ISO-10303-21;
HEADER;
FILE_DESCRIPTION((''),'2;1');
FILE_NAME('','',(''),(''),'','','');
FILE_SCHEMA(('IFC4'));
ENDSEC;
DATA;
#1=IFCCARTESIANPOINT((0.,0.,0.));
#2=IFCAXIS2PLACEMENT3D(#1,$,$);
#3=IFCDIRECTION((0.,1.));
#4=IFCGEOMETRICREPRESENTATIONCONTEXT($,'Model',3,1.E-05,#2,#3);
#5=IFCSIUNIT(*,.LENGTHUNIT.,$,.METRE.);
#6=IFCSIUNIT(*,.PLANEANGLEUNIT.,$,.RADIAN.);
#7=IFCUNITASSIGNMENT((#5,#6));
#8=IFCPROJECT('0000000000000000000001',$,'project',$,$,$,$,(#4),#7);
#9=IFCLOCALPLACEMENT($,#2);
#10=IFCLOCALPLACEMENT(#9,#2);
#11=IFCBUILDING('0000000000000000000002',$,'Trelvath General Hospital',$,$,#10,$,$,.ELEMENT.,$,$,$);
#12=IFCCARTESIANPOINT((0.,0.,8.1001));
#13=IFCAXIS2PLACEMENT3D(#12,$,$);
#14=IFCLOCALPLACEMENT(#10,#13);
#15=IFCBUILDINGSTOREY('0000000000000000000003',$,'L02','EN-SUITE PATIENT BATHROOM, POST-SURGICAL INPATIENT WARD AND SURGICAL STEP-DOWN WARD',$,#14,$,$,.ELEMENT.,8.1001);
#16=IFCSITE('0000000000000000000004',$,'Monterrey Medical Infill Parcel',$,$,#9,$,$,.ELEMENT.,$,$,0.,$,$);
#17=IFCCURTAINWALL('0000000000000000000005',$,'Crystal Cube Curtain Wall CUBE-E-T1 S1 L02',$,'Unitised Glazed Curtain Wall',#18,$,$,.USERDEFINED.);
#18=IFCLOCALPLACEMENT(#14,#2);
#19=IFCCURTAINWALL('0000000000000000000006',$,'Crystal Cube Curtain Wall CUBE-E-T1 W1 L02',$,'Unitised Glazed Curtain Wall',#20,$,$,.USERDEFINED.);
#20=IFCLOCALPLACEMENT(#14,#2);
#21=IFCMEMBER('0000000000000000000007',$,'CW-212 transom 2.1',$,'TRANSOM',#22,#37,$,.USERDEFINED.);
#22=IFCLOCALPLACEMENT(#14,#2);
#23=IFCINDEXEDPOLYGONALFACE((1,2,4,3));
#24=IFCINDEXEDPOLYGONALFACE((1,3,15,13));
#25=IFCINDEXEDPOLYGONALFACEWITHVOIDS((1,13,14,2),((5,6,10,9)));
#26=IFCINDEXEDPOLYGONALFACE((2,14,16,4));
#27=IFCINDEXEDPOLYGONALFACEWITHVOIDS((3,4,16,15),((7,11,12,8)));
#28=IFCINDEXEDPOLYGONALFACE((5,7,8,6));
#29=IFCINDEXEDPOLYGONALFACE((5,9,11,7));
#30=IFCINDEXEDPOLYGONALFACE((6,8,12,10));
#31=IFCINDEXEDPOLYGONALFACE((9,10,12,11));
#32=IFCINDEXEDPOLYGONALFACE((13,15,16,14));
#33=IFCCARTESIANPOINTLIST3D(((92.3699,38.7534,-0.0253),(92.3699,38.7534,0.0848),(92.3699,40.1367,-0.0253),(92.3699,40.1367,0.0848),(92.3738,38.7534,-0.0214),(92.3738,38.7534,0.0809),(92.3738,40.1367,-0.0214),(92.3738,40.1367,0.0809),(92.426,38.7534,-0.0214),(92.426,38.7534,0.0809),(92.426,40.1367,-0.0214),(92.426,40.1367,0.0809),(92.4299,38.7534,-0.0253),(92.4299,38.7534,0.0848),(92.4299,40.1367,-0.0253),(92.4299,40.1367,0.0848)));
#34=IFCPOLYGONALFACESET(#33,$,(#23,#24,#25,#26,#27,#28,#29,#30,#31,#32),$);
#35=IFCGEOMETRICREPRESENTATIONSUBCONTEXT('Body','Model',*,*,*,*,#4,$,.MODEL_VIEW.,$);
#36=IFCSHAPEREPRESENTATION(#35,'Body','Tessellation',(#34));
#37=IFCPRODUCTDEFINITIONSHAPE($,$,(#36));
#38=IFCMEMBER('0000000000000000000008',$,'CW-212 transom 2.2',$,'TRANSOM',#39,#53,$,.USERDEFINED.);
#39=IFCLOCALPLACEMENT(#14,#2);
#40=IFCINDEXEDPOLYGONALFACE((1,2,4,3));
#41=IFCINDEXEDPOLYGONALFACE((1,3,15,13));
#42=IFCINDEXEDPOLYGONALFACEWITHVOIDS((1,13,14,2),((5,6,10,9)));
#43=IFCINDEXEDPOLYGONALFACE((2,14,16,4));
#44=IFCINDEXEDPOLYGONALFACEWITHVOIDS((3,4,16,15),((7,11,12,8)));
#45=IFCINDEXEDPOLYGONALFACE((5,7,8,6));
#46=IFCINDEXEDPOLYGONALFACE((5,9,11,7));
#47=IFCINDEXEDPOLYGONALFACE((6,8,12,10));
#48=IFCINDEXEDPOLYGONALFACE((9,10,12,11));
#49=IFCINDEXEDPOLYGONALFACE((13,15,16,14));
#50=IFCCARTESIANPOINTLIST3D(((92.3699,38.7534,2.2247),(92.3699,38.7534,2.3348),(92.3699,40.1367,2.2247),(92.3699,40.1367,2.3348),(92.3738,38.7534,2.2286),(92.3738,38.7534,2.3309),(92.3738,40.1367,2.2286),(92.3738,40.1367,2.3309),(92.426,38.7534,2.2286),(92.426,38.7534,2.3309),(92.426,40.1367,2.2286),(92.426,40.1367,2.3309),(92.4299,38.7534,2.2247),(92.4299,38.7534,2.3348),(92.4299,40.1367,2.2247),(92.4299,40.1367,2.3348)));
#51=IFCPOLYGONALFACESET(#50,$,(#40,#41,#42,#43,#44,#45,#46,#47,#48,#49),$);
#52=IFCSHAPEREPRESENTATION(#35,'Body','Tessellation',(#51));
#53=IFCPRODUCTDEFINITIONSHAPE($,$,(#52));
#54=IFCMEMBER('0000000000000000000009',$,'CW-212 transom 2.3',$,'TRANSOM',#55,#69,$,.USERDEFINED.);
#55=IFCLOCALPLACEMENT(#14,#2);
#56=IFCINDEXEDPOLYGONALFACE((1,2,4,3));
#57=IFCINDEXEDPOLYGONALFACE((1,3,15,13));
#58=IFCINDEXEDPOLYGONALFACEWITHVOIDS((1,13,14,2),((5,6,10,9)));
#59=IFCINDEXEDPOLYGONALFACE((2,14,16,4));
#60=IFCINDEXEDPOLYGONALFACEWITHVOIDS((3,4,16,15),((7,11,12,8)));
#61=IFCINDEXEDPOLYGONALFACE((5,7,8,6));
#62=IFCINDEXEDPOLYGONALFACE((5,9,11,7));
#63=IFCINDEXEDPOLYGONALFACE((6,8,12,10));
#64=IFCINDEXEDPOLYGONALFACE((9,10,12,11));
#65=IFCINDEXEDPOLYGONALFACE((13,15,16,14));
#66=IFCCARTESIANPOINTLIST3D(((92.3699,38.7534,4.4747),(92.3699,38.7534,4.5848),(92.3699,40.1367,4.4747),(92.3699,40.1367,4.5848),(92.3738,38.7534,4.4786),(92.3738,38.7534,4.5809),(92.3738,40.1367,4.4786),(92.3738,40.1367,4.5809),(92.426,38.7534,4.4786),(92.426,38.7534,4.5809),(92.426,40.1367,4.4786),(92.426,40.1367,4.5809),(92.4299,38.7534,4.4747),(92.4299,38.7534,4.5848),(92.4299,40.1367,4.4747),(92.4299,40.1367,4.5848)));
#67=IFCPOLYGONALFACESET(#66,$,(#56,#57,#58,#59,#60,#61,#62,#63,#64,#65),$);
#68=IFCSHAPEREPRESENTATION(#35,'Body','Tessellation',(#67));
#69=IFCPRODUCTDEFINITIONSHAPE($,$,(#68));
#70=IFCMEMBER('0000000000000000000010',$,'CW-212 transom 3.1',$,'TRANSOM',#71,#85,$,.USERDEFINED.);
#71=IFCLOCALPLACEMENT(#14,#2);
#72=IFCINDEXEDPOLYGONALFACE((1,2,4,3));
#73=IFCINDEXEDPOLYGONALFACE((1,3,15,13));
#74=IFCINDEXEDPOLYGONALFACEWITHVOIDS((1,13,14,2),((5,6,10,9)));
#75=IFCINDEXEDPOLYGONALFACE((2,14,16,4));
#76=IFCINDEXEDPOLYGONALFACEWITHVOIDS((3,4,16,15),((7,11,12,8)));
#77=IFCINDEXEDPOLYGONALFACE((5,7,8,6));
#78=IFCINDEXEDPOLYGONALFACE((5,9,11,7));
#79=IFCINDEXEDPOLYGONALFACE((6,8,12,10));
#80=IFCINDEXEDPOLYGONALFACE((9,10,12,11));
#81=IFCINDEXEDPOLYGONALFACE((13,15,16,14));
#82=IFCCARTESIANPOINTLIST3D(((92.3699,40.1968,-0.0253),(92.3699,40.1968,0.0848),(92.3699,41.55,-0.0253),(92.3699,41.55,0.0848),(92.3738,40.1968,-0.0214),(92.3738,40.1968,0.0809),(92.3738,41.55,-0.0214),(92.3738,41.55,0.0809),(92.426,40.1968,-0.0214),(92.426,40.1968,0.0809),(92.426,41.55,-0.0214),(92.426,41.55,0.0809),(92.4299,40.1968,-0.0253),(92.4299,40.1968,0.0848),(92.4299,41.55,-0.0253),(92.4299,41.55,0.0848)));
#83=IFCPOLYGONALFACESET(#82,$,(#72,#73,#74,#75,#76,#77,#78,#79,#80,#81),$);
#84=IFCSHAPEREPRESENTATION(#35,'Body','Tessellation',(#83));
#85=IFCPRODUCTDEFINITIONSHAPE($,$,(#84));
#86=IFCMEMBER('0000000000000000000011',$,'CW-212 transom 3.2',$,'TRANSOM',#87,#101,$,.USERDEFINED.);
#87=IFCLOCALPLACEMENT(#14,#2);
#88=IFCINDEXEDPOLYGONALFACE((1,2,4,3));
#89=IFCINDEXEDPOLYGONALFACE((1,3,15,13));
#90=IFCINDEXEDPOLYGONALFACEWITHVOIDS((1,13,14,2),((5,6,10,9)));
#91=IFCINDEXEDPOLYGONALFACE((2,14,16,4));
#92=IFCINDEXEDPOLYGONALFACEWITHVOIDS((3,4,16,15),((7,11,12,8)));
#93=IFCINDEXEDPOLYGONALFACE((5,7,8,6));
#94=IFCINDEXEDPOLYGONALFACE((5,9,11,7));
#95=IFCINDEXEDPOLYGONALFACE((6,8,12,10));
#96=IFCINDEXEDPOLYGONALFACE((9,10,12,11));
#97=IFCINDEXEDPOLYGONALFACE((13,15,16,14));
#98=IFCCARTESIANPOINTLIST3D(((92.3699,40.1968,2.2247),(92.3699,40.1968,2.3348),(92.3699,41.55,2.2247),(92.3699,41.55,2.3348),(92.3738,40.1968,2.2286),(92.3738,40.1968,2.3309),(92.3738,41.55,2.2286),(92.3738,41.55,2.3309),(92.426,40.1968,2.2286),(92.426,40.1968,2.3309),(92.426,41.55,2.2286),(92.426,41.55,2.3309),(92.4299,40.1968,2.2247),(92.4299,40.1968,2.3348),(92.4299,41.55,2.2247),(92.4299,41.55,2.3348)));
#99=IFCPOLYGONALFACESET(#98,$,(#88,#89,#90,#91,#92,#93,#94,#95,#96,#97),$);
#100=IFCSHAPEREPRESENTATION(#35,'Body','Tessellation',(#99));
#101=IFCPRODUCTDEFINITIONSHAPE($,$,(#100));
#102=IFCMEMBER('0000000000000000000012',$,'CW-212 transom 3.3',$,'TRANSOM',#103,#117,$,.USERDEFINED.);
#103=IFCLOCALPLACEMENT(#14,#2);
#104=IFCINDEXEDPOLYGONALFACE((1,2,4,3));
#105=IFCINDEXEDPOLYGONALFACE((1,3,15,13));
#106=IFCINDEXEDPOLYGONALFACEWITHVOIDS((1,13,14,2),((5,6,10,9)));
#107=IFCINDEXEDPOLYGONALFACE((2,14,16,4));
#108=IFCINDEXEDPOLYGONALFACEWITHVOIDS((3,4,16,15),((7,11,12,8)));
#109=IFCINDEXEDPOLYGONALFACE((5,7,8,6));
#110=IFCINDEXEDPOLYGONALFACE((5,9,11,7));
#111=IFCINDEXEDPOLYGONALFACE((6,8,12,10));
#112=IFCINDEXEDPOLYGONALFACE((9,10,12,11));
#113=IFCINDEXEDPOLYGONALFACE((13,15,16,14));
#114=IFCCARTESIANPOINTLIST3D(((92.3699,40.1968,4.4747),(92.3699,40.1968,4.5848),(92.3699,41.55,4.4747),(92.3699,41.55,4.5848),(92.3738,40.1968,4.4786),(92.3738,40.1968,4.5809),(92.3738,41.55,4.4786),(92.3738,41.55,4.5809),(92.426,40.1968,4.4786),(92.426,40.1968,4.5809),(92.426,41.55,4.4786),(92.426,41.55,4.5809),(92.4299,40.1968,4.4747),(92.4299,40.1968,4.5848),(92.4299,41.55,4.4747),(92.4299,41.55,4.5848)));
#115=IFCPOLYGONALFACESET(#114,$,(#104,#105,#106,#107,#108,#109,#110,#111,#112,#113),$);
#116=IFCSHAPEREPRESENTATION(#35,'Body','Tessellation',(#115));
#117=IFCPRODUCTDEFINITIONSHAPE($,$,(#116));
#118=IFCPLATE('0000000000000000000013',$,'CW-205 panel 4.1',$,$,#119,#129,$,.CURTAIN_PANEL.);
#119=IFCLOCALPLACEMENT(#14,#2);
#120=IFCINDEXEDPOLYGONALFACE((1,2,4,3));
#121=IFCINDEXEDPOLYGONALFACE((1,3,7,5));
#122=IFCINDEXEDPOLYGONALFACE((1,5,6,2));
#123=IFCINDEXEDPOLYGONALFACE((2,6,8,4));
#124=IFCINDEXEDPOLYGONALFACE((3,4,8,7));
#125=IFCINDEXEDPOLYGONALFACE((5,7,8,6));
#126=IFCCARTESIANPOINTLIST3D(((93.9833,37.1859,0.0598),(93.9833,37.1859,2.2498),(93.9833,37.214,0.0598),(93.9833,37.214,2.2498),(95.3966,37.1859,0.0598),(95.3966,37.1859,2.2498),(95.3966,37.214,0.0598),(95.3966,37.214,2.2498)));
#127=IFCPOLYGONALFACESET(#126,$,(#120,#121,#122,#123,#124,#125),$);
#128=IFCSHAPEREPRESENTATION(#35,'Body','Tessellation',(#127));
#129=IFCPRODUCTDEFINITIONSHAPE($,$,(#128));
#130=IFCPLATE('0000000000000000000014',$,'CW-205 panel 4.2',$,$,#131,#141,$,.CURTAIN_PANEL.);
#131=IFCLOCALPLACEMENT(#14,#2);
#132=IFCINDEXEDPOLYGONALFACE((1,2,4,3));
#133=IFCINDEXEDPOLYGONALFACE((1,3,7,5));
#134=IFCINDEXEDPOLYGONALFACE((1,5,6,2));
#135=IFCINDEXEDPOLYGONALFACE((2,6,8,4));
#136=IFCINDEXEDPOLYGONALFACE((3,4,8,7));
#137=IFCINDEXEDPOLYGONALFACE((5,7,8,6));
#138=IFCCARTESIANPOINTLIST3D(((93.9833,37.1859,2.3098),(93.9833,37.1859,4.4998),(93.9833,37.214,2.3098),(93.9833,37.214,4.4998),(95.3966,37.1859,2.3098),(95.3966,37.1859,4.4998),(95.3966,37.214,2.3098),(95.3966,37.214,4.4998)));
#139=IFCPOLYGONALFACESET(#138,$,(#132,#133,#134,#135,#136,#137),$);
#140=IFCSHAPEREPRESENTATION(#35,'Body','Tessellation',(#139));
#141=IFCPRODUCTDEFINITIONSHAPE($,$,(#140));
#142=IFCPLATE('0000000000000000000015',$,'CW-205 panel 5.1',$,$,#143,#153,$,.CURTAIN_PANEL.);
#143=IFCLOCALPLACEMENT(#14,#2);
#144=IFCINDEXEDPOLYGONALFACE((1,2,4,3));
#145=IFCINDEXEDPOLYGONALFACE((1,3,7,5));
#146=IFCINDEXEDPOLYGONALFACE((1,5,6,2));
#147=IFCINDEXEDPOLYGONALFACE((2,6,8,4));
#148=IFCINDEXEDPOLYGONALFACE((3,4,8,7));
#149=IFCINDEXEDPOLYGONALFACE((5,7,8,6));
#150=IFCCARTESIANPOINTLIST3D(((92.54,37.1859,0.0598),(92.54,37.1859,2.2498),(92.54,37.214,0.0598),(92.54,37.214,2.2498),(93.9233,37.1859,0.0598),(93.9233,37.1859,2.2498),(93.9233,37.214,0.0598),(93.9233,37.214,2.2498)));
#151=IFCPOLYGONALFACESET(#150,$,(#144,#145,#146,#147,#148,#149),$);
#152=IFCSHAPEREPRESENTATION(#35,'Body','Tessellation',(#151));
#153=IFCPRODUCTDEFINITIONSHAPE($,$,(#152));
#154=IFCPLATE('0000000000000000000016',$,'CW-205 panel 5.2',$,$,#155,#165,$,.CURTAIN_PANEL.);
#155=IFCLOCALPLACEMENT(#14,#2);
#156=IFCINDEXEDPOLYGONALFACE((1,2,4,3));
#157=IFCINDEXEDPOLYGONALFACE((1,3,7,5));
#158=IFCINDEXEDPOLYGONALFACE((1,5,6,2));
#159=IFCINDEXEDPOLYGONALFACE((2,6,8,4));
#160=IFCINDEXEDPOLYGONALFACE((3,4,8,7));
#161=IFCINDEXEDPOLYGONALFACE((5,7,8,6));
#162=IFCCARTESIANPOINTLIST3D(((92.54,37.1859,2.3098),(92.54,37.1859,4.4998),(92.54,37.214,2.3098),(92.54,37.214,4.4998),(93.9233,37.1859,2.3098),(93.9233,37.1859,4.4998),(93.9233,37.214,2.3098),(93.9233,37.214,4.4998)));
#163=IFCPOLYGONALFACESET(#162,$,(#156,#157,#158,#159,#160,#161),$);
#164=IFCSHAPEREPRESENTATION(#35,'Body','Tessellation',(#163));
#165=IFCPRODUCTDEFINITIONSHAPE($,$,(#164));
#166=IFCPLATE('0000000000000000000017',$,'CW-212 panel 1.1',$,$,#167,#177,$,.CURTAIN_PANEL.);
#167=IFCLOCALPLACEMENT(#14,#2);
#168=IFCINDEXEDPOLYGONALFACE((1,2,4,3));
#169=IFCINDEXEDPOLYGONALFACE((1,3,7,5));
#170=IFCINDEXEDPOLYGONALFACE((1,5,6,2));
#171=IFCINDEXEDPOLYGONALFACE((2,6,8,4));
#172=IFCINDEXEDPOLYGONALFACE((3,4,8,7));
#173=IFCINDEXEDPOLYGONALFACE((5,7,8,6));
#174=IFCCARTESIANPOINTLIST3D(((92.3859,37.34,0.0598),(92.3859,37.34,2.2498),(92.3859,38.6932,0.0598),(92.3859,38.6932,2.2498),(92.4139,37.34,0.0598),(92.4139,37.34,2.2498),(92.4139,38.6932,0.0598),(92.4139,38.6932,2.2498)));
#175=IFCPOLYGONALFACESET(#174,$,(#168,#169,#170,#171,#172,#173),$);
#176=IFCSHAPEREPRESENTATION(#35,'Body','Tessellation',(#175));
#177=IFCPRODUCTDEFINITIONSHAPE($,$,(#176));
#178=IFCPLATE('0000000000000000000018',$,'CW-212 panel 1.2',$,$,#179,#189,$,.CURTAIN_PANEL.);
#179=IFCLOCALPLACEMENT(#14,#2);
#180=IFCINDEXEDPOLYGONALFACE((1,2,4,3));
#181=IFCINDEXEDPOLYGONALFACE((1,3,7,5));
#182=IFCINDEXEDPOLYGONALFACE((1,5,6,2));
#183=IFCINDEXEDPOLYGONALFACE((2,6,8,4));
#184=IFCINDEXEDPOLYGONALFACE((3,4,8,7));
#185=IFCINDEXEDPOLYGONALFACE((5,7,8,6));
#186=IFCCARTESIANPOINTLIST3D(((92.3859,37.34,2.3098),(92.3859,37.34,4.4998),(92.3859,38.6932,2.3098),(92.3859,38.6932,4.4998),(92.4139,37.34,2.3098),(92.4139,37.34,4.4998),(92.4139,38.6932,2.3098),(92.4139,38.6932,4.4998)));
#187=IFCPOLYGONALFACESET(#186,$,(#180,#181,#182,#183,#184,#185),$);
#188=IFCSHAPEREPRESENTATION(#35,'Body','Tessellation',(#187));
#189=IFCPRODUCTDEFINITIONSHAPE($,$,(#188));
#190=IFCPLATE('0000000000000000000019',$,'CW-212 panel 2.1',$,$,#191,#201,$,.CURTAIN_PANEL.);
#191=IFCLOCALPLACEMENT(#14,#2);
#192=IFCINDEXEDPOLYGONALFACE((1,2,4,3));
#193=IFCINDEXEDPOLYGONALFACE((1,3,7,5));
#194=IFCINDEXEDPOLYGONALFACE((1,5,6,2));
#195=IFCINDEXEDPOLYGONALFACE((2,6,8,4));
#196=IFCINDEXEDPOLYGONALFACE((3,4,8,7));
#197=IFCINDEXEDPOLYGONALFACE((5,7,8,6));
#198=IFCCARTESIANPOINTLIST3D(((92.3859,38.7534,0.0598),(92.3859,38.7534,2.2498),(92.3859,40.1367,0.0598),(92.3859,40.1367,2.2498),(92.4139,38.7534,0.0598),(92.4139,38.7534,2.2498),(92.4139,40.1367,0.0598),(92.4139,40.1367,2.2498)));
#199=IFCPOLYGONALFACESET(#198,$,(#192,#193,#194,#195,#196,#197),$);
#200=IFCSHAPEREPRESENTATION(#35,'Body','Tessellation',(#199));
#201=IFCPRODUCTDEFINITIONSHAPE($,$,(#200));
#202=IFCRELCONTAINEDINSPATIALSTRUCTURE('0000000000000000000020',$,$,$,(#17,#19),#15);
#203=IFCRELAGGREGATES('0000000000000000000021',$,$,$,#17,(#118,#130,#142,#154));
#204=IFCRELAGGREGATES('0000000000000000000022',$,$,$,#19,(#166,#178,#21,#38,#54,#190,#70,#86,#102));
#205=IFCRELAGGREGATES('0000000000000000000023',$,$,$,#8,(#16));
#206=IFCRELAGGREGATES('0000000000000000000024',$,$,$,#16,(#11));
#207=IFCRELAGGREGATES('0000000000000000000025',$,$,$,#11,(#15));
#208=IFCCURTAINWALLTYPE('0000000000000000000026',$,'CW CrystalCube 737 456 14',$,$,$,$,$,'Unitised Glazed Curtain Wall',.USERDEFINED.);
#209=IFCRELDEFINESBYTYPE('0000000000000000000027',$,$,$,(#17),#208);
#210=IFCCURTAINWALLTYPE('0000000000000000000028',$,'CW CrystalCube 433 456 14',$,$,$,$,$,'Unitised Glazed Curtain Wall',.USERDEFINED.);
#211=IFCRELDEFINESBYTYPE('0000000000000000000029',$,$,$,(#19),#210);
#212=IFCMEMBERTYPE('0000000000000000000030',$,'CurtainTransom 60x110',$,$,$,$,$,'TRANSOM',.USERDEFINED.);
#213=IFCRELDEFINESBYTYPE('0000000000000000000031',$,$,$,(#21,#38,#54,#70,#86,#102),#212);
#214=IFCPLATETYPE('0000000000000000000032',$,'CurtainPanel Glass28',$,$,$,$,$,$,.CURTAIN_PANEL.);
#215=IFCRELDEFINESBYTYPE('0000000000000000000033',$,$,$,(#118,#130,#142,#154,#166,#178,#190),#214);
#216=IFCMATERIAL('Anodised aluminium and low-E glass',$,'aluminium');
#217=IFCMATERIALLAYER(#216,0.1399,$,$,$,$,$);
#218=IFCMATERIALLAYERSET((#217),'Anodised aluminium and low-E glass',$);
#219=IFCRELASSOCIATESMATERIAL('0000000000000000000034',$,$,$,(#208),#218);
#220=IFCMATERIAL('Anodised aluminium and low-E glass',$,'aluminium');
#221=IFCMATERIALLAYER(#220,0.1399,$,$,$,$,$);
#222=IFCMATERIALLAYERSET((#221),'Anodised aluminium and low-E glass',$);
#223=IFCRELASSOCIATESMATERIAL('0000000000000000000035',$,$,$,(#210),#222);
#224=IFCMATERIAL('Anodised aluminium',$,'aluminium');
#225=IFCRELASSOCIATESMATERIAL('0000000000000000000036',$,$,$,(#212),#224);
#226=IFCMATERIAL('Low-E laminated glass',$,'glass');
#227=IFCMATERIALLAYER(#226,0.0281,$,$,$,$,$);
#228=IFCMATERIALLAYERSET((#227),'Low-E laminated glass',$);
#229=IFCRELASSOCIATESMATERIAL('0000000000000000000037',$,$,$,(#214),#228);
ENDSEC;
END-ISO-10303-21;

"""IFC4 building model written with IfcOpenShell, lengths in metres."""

from ifc_helpers import new_model, si_unit, direction, frame, origin, origin_2d, place, context, subcontext, project, spatial, rectangle, hollow_rectangle, extrude, material, layer, layer_set, material_profile, profile_set, type_object, element, aggregate, save


model = new_model("IFC4")

# Units and contexts
model_context = context("Model", 3, precision=1e-05, world=origin(), true_north=direction((0.0, 1.0)))
body_context = subcontext(model_context, "Body", "Model", "MODEL_VIEW")
ifc_project = project(units=[si_unit("LENGTHUNIT", "METRE"), si_unit("PLANEANGLEUNIT", "RADIAN")], contexts=[model_context])

# Site, building, storey
site_placement = place(None, origin())
site = spatial("IfcSite", under=ifc_project, at=site_placement, Name="Monterrey Medical Infill Parcel", CompositionType="ELEMENT", RefElevation=0.0)
building_placement = place(site_placement, origin())
building = spatial("IfcBuilding", under=site, at=building_placement, Name="Trelvath General Hospital", CompositionType="ELEMENT")
storey_placement = place(building_placement, frame((0.0, 0.0, 8.1001)))
storey = spatial("IfcBuildingStorey", under=building, at=storey_placement, Name="L02", Description="EN-SUITE PATIENT BATHROOM, POST-SURGICAL INPATIENT WARD AND SURGICAL STEP-DOWN WARD", CompositionType="ELEMENT", Elevation=8.1001)

# Curtain walls
ifc_material_1 = material(Name="Anodised aluminium and low-E glass", Category="aluminium")
ifc_layer_1 = layer(ifc_material_1, 0.1399)
ifc_layer_set_1 = layer_set([ifc_layer_1], Name="Anodised aluminium and low-E glass")
curtain_wall_type_1 = type_object("IfcCurtainWallType", Name="CW CrystalCube 737 456 14", ElementType="Unitised Glazed Curtain Wall", PredefinedType="USERDEFINED", material=ifc_layer_set_1)
curtain_wall_1_placement = place(storey_placement, origin())
curtain_wall_1 = element("IfcCurtainWall", 1, at=curtain_wall_1_placement, inside=storey, type_object=curtain_wall_type_1, Name="Crystal Cube Curtain Wall CUBE-E-T1 S1 L02", ObjectType="Unitised Glazed Curtain Wall", PredefinedType="USERDEFINED")
ifc_material_2 = material(Name="Anodised aluminium and low-E glass", Category="aluminium")
ifc_layer_2 = layer(ifc_material_2, 0.1399)
ifc_layer_set_2 = layer_set([ifc_layer_2], Name="Anodised aluminium and low-E glass")
curtain_wall_type_2 = type_object("IfcCurtainWallType", Name="CW CrystalCube 433 456 14", ElementType="Unitised Glazed Curtain Wall", PredefinedType="USERDEFINED", material=ifc_layer_set_2)
curtain_wall_2_placement = place(storey_placement, origin())
curtain_wall_2 = element("IfcCurtainWall", 2, at=curtain_wall_2_placement, inside=storey, type_object=curtain_wall_type_2, Name="Crystal Cube Curtain Wall CUBE-E-T1 W1 L02", ObjectType="Unitised Glazed Curtain Wall", PredefinedType="USERDEFINED")

# Members
ifc_material_3 = material(Name="Anodised aluminium", Category="aluminium")
ifc_material_profile_1 = material_profile(ifc_material_3, hollow_rectangle(XDim=0.0601, YDim=0.1101, WallThickness=0.0039, at=origin_2d()), Name="RHS60x110x4")
ifc_profile_set_1 = profile_set([ifc_material_profile_1], Name="Anodised aluminium")
member_type_1 = type_object("IfcMemberType", Name="CurtainTransom 60x110", ElementType="TRANSOM", PredefinedType="USERDEFINED", material=ifc_profile_set_1)
member_1_placement = place(storey_placement, frame((92.3999, 38.7534, 0.0298), z_axis=(0.0, 1.0, 0.0), x_axis=(-1.0, 0.0, 0.0)))
member_1 = element("IfcMember", 3, at=member_1_placement, type_object=member_type_1, Name="CW-212 transom 2.1", ObjectType="TRANSOM", PredefinedType="USERDEFINED", context=body_context, shape_type="SweptSolid", body=[
    extrude(hollow_rectangle(XDim=0.0601, YDim=0.1101, WallThickness=0.0039, at=origin_2d()), origin(), (0.0, 0.0, 1.0), 1.3833),
])
member_2_placement = place(storey_placement, frame((92.3999, 38.7534, 2.2798), z_axis=(0.0, 1.0, 0.0), x_axis=(-1.0, 0.0, 0.0)))
member_2 = element("IfcMember", 4, at=member_2_placement, type_object=member_type_1, Name="CW-212 transom 2.2", ObjectType="TRANSOM", PredefinedType="USERDEFINED", context=body_context, shape_type="SweptSolid", body=[
    extrude(hollow_rectangle(XDim=0.0601, YDim=0.1101, WallThickness=0.0039, at=origin_2d()), origin(), (0.0, 0.0, 1.0), 1.3833),
])
member_3_placement = place(storey_placement, frame((92.3999, 38.7534, 4.5298), z_axis=(0.0, 1.0, 0.0), x_axis=(-1.0, 0.0, 0.0)))
member_3 = element("IfcMember", 5, at=member_3_placement, type_object=member_type_1, Name="CW-212 transom 2.3", ObjectType="TRANSOM", PredefinedType="USERDEFINED", context=body_context, shape_type="SweptSolid", body=[
    extrude(hollow_rectangle(XDim=0.0601, YDim=0.1101, WallThickness=0.0039, at=origin_2d()), origin(), (0.0, 0.0, 1.0), 1.3833),
])
member_4_placement = place(storey_placement, frame((92.3999, 40.1968, 0.0298), z_axis=(0.0, 1.0, 0.0), x_axis=(-1.0, 0.0, 0.0)))
member_4 = element("IfcMember", 6, at=member_4_placement, type_object=member_type_1, Name="CW-212 transom 3.1", ObjectType="TRANSOM", PredefinedType="USERDEFINED", context=body_context, shape_type="SweptSolid", body=[
    extrude(hollow_rectangle(XDim=0.0601, YDim=0.1101, WallThickness=0.0039, at=origin_2d()), origin(), (0.0, 0.0, 1.0), 1.3533),
])
member_5_placement = place(storey_placement, frame((92.3999, 40.1968, 2.2798), z_axis=(0.0, 1.0, 0.0), x_axis=(-1.0, 0.0, 0.0)))
member_5 = element("IfcMember", 7, at=member_5_placement, type_object=member_type_1, Name="CW-212 transom 3.2", ObjectType="TRANSOM", PredefinedType="USERDEFINED", context=body_context, shape_type="SweptSolid", body=[
    extrude(hollow_rectangle(XDim=0.0601, YDim=0.1101, WallThickness=0.0039, at=origin_2d()), origin(), (0.0, 0.0, 1.0), 1.3533),
])
member_6_placement = place(storey_placement, frame((92.3999, 40.1968, 4.5298), z_axis=(0.0, 1.0, 0.0), x_axis=(-1.0, 0.0, 0.0)))
member_6 = element("IfcMember", 8, at=member_6_placement, type_object=member_type_1, Name="CW-212 transom 3.3", ObjectType="TRANSOM", PredefinedType="USERDEFINED", context=body_context, shape_type="SweptSolid", body=[
    extrude(hollow_rectangle(XDim=0.0601, YDim=0.1101, WallThickness=0.0039, at=origin_2d()), origin(), (0.0, 0.0, 1.0), 1.3533),
])

# Plates
ifc_material_4 = material(Name="Low-E laminated glass", Category="glass")
ifc_layer_3 = layer(ifc_material_4, 0.0281)
ifc_layer_set_3 = layer_set([ifc_layer_3], Name="Low-E laminated glass")
plate_type = type_object("IfcPlateType", Name="CurtainPanel Glass28", PredefinedType="CURTAIN_PANEL", material=ifc_layer_set_3)
plate_1_placement = place(storey_placement, frame((94.6899, 37.2, 0.0598), z_axis=(0.0, 0.0, 1.0), x_axis=(-1.0, 0.0, 0.0)))
plate_1 = element("IfcPlate", 9, at=plate_1_placement, type_object=plate_type, Name="CW-205 panel 4.1", PredefinedType="CURTAIN_PANEL", context=body_context, shape_type="SweptSolid", body=[
    extrude(rectangle(XDim=1.4133, YDim=0.0281, at=origin_2d()), origin(), (0.0, 0.0, 1.0), 2.1899),
])
plate_2_placement = place(storey_placement, frame((94.6899, 37.2, 2.3098), z_axis=(0.0, 0.0, 1.0), x_axis=(-1.0, 0.0, 0.0)))
plate_2 = element("IfcPlate", 10, at=plate_2_placement, type_object=plate_type, Name="CW-205 panel 4.2", PredefinedType="CURTAIN_PANEL", context=body_context, shape_type="SweptSolid", body=[
    extrude(rectangle(XDim=1.4133, YDim=0.0281, at=origin_2d()), origin(), (0.0, 0.0, 1.0), 2.1899),
])
plate_3_placement = place(storey_placement, frame((93.2317, 37.2, 0.0598), z_axis=(0.0, 0.0, 1.0), x_axis=(-1.0, 0.0, 0.0)))
plate_3 = element("IfcPlate", 11, at=plate_3_placement, type_object=plate_type, Name="CW-205 panel 5.1", PredefinedType="CURTAIN_PANEL", context=body_context, shape_type="SweptSolid", body=[
    extrude(rectangle(XDim=1.3833, YDim=0.0281, at=origin_2d()), origin(), (0.0, 0.0, 1.0), 2.1899),
])
plate_4_placement = place(storey_placement, frame((93.2317, 37.2, 2.3098), z_axis=(0.0, 0.0, 1.0), x_axis=(-1.0, 0.0, 0.0)))
plate_4 = element("IfcPlate", 12, at=plate_4_placement, type_object=plate_type, Name="CW-205 panel 5.2", PredefinedType="CURTAIN_PANEL", context=body_context, shape_type="SweptSolid", body=[
    extrude(rectangle(XDim=1.3833, YDim=0.0281, at=origin_2d()), origin(), (0.0, 0.0, 1.0), 2.1899),
])
aggregate(curtain_wall_1, [plate_1, plate_2, plate_3, plate_4])
plate_5_placement = place(storey_placement, frame((92.3999, 38.0166, 0.0598), z_axis=(0.0, 0.0, 1.0), x_axis=(0.0, 1.0, 0.0)))
plate_5 = element("IfcPlate", 13, at=plate_5_placement, type_object=plate_type, Name="CW-212 panel 1.1", PredefinedType="CURTAIN_PANEL", context=body_context, shape_type="SweptSolid", body=[
    extrude(rectangle(XDim=1.3533, YDim=0.0281, at=origin_2d()), origin(), (0.0, 0.0, 1.0), 2.1899),
])
plate_6_placement = place(storey_placement, frame((92.3999, 38.0166, 2.3098), z_axis=(0.0, 0.0, 1.0), x_axis=(0.0, 1.0, 0.0)))
plate_6 = element("IfcPlate", 14, at=plate_6_placement, type_object=plate_type, Name="CW-212 panel 1.2", PredefinedType="CURTAIN_PANEL", context=body_context, shape_type="SweptSolid", body=[
    extrude(rectangle(XDim=1.3533, YDim=0.0281, at=origin_2d()), origin(), (0.0, 0.0, 1.0), 2.1899),
])
plate_7_placement = place(storey_placement, frame((92.3999, 39.4451, 0.0598), z_axis=(0.0, 0.0, 1.0), x_axis=(0.0, 1.0, 0.0)))
plate_7 = element("IfcPlate", 15, at=plate_7_placement, type_object=plate_type, Name="CW-212 panel 2.1", PredefinedType="CURTAIN_PANEL", context=body_context, shape_type="SweptSolid", body=[
    extrude(rectangle(XDim=1.3833, YDim=0.0281, at=origin_2d()), origin(), (0.0, 0.0, 1.0), 2.1899),
])
aggregate(curtain_wall_2, [plate_5, plate_6, member_1, member_2, member_3, plate_7, member_4, member_5, member_6])

save(model, "model.ifc")
